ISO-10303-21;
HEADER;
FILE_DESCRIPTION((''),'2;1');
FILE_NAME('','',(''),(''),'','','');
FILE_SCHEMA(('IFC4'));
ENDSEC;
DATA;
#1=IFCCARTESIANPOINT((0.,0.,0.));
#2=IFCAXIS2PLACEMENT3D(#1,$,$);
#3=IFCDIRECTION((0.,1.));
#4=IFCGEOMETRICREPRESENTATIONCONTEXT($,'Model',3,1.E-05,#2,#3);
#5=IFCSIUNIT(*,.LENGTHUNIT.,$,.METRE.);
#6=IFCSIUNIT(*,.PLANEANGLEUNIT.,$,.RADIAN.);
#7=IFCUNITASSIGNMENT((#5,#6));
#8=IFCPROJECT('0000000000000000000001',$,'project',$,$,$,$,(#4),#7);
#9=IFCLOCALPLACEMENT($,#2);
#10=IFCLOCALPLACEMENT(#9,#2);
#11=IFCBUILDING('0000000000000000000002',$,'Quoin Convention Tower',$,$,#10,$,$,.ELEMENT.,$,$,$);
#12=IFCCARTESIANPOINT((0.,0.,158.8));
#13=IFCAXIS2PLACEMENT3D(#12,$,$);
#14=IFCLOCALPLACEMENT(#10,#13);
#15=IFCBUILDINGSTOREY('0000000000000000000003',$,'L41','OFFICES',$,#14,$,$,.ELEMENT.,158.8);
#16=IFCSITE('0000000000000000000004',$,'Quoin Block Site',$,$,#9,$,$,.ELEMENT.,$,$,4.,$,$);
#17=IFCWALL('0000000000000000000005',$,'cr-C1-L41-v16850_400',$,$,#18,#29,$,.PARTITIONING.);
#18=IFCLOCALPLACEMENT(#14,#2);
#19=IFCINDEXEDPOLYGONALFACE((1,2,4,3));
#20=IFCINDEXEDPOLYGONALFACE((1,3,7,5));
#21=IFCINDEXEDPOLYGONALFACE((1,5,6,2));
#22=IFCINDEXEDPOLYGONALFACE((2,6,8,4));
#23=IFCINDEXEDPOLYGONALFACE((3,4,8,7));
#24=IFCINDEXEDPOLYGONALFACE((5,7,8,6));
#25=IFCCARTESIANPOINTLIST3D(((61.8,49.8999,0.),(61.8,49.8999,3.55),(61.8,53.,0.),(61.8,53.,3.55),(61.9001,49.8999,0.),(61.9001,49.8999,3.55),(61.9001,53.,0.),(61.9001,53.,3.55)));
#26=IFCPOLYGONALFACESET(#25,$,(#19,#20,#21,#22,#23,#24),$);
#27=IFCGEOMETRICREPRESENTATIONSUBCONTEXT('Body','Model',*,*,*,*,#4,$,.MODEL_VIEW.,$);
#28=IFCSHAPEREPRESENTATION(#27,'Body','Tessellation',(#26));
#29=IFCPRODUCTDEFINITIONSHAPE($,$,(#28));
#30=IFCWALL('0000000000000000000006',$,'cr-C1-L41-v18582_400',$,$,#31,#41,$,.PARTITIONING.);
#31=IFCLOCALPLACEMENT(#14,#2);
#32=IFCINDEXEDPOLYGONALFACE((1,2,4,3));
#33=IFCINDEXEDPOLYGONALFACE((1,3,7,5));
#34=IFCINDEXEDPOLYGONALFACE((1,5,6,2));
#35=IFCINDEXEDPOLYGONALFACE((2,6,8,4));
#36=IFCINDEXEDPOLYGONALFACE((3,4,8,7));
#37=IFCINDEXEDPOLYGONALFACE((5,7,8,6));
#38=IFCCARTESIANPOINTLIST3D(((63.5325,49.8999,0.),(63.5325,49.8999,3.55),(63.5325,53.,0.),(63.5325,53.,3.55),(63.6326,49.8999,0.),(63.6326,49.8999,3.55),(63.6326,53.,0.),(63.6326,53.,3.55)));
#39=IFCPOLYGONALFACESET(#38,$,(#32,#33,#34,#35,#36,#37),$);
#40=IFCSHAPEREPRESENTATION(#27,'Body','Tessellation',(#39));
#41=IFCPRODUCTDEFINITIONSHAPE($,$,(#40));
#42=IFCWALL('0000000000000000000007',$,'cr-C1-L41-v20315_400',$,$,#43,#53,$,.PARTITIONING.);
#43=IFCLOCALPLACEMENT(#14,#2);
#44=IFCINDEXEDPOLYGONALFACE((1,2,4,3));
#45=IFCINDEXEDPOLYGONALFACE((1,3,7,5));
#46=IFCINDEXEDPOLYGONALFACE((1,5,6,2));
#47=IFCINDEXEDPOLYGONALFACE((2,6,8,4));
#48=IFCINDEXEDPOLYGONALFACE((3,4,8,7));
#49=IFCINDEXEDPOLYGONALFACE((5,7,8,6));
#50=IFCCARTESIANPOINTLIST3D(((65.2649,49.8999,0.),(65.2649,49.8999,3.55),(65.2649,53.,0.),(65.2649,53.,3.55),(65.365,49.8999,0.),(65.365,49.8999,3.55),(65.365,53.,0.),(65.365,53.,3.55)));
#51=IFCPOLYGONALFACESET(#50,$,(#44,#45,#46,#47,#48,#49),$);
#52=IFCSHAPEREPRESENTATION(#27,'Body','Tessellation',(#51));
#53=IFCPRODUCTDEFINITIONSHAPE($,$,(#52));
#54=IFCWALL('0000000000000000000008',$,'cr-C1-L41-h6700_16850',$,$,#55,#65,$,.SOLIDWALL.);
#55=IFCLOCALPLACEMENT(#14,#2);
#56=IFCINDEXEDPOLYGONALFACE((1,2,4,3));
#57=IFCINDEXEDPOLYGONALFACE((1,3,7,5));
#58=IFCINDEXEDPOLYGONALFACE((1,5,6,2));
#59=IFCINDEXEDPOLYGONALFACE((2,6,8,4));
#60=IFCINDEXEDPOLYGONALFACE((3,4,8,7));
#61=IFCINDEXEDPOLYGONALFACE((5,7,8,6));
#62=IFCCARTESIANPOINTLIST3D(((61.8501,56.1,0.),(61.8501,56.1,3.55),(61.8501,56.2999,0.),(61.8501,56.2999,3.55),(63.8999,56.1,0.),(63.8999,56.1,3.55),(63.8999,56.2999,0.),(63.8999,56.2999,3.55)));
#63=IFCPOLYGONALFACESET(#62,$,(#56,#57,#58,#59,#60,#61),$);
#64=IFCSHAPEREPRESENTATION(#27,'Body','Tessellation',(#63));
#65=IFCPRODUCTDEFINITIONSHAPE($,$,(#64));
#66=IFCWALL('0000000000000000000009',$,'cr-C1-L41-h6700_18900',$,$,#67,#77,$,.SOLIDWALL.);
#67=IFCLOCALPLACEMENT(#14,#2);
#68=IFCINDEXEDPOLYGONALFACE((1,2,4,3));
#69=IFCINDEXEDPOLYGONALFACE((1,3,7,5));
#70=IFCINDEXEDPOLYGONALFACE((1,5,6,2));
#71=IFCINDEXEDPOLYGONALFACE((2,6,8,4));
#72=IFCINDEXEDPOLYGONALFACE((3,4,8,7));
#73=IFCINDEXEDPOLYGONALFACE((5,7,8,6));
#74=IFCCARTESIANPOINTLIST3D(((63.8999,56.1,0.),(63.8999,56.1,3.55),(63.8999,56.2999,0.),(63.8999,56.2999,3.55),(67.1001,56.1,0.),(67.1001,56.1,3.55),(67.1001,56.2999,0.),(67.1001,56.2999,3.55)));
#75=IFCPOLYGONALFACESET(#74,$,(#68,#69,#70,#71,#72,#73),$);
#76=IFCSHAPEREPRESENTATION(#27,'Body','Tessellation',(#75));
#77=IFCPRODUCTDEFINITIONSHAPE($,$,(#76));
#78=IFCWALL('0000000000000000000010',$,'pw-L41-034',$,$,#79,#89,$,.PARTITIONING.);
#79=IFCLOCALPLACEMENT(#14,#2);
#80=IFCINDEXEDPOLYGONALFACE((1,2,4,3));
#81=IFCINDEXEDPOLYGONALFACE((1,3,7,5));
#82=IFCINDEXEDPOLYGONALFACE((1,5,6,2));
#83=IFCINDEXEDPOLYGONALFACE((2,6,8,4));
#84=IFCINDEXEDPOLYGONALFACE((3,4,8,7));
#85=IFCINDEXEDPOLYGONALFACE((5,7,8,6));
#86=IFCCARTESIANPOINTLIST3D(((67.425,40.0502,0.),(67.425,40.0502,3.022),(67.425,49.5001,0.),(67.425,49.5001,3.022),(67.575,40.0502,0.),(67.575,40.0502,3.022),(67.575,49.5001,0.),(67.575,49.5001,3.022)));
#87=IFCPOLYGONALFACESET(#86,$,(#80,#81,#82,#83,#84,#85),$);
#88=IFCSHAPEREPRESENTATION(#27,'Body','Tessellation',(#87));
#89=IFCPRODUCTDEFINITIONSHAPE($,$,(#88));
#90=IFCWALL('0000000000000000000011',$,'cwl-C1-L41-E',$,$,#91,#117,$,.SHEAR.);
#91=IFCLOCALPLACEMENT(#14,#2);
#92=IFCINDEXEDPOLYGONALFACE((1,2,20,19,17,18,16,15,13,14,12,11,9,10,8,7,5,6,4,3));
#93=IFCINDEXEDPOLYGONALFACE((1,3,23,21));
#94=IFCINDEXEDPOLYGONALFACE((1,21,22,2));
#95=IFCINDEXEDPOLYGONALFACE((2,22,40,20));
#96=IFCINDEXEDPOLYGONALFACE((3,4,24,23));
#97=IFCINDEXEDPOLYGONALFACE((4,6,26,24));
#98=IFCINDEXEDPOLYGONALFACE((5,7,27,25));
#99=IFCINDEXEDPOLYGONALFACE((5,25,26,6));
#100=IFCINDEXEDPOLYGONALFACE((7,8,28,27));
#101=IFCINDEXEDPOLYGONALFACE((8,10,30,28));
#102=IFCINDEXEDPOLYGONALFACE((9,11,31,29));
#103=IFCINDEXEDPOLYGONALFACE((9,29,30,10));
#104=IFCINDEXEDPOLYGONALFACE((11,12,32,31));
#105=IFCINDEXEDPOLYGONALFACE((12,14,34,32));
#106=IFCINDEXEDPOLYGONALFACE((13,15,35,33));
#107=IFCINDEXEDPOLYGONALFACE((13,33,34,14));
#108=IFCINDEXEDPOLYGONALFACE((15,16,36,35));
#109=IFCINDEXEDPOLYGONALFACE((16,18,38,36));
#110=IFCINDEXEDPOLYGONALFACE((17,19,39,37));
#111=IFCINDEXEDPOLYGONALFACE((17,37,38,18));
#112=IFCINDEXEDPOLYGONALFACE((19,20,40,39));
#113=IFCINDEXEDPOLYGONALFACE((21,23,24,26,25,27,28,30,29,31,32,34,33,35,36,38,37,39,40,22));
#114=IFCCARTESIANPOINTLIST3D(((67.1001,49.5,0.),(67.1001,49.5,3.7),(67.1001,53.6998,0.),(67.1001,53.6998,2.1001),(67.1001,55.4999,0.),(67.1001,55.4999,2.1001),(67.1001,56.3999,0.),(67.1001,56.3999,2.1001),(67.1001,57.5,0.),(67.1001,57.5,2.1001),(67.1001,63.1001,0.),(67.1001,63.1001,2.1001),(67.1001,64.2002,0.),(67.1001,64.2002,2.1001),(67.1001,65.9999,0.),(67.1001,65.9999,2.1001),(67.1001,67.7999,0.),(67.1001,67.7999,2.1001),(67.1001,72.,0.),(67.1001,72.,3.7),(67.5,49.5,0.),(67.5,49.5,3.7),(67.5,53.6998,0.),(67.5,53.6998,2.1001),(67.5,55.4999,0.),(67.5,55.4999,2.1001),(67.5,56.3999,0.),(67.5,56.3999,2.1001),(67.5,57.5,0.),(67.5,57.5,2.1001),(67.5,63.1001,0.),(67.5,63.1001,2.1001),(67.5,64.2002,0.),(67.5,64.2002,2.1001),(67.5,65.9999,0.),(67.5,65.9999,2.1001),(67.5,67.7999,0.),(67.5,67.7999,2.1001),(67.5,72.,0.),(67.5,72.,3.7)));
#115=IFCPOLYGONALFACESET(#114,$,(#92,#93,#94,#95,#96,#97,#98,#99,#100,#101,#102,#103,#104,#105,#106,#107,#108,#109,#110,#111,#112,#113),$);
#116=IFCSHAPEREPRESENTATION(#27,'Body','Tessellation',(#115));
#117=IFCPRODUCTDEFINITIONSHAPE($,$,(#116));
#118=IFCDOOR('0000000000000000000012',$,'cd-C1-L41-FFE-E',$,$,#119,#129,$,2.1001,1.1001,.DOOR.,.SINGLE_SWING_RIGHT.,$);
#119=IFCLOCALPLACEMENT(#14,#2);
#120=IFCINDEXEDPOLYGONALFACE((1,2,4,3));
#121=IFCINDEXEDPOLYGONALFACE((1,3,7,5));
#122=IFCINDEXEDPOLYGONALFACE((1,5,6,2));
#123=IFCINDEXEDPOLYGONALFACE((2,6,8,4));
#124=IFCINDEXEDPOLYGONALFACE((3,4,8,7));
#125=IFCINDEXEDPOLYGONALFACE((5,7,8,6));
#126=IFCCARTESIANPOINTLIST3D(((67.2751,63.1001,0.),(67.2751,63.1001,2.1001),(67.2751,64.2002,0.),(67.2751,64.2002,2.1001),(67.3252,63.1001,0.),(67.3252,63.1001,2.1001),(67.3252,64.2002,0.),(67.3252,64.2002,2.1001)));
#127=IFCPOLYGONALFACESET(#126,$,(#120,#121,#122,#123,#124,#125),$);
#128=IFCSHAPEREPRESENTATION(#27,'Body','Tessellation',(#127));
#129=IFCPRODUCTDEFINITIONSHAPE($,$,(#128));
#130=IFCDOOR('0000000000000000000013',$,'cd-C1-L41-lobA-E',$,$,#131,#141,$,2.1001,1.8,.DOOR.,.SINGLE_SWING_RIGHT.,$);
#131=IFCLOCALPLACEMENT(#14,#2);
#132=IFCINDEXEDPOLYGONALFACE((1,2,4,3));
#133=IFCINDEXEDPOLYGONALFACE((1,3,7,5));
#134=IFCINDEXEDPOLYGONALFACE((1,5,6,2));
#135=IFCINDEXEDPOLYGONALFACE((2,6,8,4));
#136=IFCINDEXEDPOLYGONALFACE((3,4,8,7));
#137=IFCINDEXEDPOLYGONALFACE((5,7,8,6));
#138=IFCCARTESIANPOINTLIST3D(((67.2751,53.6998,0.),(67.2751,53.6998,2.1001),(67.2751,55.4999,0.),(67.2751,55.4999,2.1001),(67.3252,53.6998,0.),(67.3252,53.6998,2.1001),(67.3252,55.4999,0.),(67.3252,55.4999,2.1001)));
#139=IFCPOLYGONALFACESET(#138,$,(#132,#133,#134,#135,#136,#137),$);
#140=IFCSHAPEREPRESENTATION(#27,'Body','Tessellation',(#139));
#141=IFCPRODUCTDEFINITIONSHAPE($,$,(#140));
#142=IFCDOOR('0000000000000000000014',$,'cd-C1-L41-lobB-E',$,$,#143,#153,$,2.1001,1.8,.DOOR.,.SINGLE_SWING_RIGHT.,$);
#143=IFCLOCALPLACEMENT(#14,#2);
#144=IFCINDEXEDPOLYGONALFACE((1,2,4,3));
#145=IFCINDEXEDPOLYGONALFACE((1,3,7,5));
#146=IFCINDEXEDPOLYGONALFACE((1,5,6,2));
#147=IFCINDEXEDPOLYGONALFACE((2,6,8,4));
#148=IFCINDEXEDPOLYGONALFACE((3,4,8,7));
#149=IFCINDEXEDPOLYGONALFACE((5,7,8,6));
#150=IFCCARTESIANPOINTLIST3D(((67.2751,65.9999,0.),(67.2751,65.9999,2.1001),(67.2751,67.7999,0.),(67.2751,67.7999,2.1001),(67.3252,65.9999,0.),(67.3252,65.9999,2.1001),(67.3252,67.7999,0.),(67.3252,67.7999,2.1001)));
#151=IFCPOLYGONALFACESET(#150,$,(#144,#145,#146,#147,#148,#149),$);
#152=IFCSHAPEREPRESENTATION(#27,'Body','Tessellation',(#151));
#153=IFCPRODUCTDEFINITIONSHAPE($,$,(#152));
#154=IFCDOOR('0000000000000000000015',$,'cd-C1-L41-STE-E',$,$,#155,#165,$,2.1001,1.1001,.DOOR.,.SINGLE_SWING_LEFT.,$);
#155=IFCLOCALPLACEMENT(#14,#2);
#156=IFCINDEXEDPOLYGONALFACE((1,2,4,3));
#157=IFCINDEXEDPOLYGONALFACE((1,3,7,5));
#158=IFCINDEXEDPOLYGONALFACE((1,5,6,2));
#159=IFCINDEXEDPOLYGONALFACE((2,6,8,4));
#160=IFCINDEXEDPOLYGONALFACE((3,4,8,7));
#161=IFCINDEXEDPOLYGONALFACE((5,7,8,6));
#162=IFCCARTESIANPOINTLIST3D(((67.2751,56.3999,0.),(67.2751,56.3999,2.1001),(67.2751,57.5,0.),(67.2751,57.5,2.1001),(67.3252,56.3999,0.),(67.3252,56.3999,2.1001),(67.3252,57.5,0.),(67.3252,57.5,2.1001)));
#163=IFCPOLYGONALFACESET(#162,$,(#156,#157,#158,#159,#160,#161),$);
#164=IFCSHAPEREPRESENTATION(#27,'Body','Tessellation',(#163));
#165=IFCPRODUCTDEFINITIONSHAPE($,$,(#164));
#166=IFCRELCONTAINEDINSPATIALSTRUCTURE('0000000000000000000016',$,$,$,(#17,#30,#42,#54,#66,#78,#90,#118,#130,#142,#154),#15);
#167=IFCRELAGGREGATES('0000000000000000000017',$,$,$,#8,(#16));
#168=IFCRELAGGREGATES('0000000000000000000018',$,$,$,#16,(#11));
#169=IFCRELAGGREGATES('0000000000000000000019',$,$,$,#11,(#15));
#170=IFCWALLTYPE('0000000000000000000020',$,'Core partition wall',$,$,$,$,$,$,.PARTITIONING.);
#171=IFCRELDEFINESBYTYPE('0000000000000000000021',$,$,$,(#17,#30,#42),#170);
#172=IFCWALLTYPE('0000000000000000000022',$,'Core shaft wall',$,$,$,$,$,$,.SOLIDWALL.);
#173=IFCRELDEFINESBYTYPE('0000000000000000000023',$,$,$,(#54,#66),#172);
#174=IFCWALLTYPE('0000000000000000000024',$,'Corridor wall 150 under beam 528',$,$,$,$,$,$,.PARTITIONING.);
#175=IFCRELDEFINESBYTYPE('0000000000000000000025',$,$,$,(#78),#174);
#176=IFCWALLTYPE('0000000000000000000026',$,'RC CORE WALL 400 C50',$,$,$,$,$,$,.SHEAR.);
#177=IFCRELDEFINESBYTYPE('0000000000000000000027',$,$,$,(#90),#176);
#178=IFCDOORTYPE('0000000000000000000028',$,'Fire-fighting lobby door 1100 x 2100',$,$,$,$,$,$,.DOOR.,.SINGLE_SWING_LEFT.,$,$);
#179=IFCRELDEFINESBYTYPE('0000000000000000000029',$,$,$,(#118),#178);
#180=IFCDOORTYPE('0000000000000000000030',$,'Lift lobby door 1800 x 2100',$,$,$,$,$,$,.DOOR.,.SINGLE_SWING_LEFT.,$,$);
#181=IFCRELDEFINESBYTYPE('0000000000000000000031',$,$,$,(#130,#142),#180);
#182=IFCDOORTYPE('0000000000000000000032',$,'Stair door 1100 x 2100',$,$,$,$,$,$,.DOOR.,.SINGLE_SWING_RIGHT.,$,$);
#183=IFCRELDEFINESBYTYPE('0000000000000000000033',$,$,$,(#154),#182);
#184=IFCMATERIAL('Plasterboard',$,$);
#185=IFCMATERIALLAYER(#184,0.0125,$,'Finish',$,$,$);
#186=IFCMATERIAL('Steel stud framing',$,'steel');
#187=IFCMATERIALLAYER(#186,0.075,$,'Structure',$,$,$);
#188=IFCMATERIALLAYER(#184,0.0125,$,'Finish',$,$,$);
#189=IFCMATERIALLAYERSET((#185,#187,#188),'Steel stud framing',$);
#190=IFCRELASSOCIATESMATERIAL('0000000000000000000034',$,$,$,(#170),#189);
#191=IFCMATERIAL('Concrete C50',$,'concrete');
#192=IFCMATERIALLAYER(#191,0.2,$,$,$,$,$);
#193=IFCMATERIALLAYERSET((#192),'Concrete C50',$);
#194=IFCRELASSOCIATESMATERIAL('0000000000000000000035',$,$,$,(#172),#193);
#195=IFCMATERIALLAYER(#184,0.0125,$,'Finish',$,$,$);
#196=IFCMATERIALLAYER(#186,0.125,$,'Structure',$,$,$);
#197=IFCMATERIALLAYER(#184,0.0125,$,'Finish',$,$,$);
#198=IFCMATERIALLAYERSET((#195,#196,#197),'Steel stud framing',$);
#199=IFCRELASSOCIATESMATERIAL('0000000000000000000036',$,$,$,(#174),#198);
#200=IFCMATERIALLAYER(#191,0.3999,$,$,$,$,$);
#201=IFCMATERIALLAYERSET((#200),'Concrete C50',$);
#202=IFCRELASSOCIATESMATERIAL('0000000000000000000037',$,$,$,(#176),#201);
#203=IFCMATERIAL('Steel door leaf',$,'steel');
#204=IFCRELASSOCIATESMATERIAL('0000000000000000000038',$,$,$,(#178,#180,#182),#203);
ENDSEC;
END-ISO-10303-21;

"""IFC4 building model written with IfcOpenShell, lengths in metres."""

from ifc_helpers import new_model, si_unit, direction, frame, frame_2d, origin, place, context, subcontext, project, spatial, rectangle, extrude, material, layer, layer_set, type_object, element, fill, save


model = new_model("IFC4")

# Units and contexts
model_context = context("Model", 3, precision=1e-05, world=origin(), true_north=direction((0.0, 1.0)))
body_context = subcontext(model_context, "Body", "Model", "MODEL_VIEW")
ifc_project = project(units=[si_unit("LENGTHUNIT", "METRE"), si_unit("PLANEANGLEUNIT", "RADIAN")], contexts=[model_context])

# Site, building, storey
site_placement = place(None, origin())
site = spatial("IfcSite", under=ifc_project, at=site_placement, Name="Quoin Block Site", CompositionType="ELEMENT", RefElevation=4.0)
building_placement = place(site_placement, origin())
building = spatial("IfcBuilding", under=site, at=building_placement, Name="Quoin Convention Tower", CompositionType="ELEMENT")
storey_placement = place(building_placement, frame((0.0, 0.0, 158.8)))
storey = spatial("IfcBuildingStorey", under=building, at=storey_placement, Name="L41", Description="OFFICES", CompositionType="ELEMENT", Elevation=158.8)

# Shared definitions
ifc_material_1 = material(Name="Concrete C50", Category="concrete")

# Walls
ifc_material_2 = material(Name="Plasterboard")
ifc_layer_1 = layer(ifc_material_2, 0.0125, Name="Finish")
ifc_material_3 = material(Name="Steel stud framing", Category="steel")
ifc_layer_2 = layer(ifc_material_3, 0.075, Name="Structure")
ifc_layer_3 = layer(ifc_material_2, 0.0125, Name="Finish")
ifc_layer_set_1 = layer_set([ifc_layer_1, ifc_layer_2, ifc_layer_3], Name="Steel stud framing")
wall_type_1 = type_object("IfcWallType", Name="Core partition wall", PredefinedType="PARTITIONING", material=ifc_layer_set_1)
for number, where, z_axis, x_axis, name in (
    (1, (61.8501, 49.8999, 0.0), (0.0, 0.0, 1.0), (0.0, 1.0, 0.0), "cr-C1-L41-v16850_400"),
    (2, (63.5825, 49.8999, 0.0), (0.0, 0.0, 1.0), (0.0, 1.0, 0.0), "cr-C1-L41-v18582_400"),
    (3, (65.3149, 49.8999, 0.0), (0.0, 0.0, 1.0), (0.0, 1.0, 0.0), "cr-C1-L41-v20315_400"),
):
    element("IfcWall", number, at=place(storey_placement, frame(where, z_axis=z_axis, x_axis=x_axis)), inside=storey, type_object=wall_type_1, Name=name, PredefinedType="PARTITIONING", context=body_context, shape_type="SweptSolid", body=[
        extrude(rectangle(XDim=3.1001, YDim=0.1001, at=frame_2d((1.55, 0.0))), origin(), (0.0, 0.0, 1.0), 3.55),
    ])
ifc_layer_4 = layer(ifc_material_1, 0.2)
ifc_layer_set_2 = layer_set([ifc_layer_4], Name="Concrete C50")
wall_type_2 = type_object("IfcWallType", Name="Core shaft wall", PredefinedType="SOLIDWALL", material=ifc_layer_set_2)
wall_1_placement = place(storey_placement, frame((61.8501, 56.2, 0.0), z_axis=(0.0, 0.0, 1.0), x_axis=(1.0, 0.0, 0.0)))
element("IfcWall", 4, at=wall_1_placement, inside=storey, type_object=wall_type_2, Name="cr-C1-L41-h6700_16850", PredefinedType="SOLIDWALL", context=body_context, shape_type="SweptSolid", body=[
    extrude(rectangle(XDim=2.0498, YDim=0.2, at=frame_2d((1.0249, 0.0))), origin(), (0.0, 0.0, 1.0), 3.55),
])
wall_2_placement = place(storey_placement, frame((63.8999, 56.2, 0.0), z_axis=(0.0, 0.0, 1.0), x_axis=(1.0, 0.0, 0.0)))
element("IfcWall", 5, at=wall_2_placement, inside=storey, type_object=wall_type_2, Name="cr-C1-L41-h6700_18900", PredefinedType="SOLIDWALL", context=body_context, shape_type="SweptSolid", body=[
    extrude(rectangle(XDim=3.2002, YDim=0.2, at=frame_2d((1.6001, 0.0))), origin(), (0.0, 0.0, 1.0), 3.55),
])
ifc_layer_5 = layer(ifc_material_2, 0.0125, Name="Finish")
ifc_layer_6 = layer(ifc_material_3, 0.125, Name="Structure")
ifc_layer_7 = layer(ifc_material_2, 0.0125, Name="Finish")
ifc_layer_set_3 = layer_set([ifc_layer_5, ifc_layer_6, ifc_layer_7], Name="Steel stud framing")
wall_type_3 = type_object("IfcWallType", Name="Corridor wall 150 under beam 528", PredefinedType="PARTITIONING", material=ifc_layer_set_3)
wall_3_placement = place(storey_placement, frame((67.5, 40.05, 0.0), z_axis=(0.0, 0.0, 1.0), x_axis=(0.0, 1.0, 0.0)))
element("IfcWall", 6, at=wall_3_placement, inside=storey, type_object=wall_type_3, Name="pw-L41-034", PredefinedType="PARTITIONING", context=body_context, shape_type="SweptSolid", body=[
    extrude(rectangle(XDim=9.45, YDim=0.1499, at=frame_2d((4.7251, 0.0))), origin(), (0.0, 0.0, 1.0), 3.022),
])

# Wall, openings, doors
ifc_layer_8 = layer(ifc_material_1, 0.3999)
ifc_layer_set_4 = layer_set([ifc_layer_8], Name="Concrete C50")
wall_type_4 = type_object("IfcWallType", Name="RC CORE WALL 400 C50", PredefinedType="SHEAR", material=ifc_layer_set_4)
wall_4_placement = place(storey_placement, frame((67.3, 49.5, 0.0), z_axis=(0.0, 0.0, 1.0), x_axis=(0.0, 1.0, 0.0)))
wall_4 = element("IfcWall", 7, at=wall_4_placement, inside=storey, type_object=wall_type_4, Name="cwl-C1-L41-E", PredefinedType="SHEAR", context=body_context, shape_type="SweptSolid", body=[
    extrude(rectangle(XDim=22.5, YDim=0.3999, at=frame_2d((11.25, 0.0))), origin(), (0.0, 0.0, 1.0), 3.7),
])
opening_1_placement = place(wall_4_placement, frame((4.2, 0.0, 0.0)))
opening_1 = element("IfcOpeningElement", 8, at=opening_1_placement, cuts=wall_4, PredefinedType="OPENING", context=body_context, shape_type="SweptSolid", body=[
    extrude(rectangle(XDim=1.8, YDim=2.1001, at=frame_2d((0.8999, 1.05))), frame((0.0, 0.21, 0.0), z_axis=(0.0, -1.0, 0.0), x_axis=(1.0, 0.0, 0.0)), (0.0, 0.0, 1.0), 0.4199),
])
opening_2_placement = place(wall_4_placement, frame((6.8999, 0.0, 0.0)))
opening_2 = element("IfcOpeningElement", 9, at=opening_2_placement, cuts=wall_4, PredefinedType="OPENING", context=body_context, shape_type="SweptSolid", body=[
    extrude(rectangle(XDim=1.1001, YDim=2.1001, at=frame_2d((0.55, 1.05))), frame((0.0, 0.21, 0.0), z_axis=(0.0, -1.0, 0.0), x_axis=(1.0, 0.0, 0.0)), (0.0, 0.0, 1.0), 0.4199),
])
opening_3_placement = place(wall_4_placement, frame((13.6001, 0.0, 0.0)))
opening_3 = element("IfcOpeningElement", 10, at=opening_3_placement, cuts=wall_4, PredefinedType="OPENING", context=body_context, shape_type="SweptSolid", body=[
    extrude(rectangle(XDim=1.1001, YDim=2.1001, at=frame_2d((0.55, 1.05))), frame((0.0, 0.21, 0.0), z_axis=(0.0, -1.0, 0.0), x_axis=(1.0, 0.0, 0.0)), (0.0, 0.0, 1.0), 0.4199),
])
opening_4_placement = place(wall_4_placement, frame((16.5, 0.0, 0.0)))
opening_4 = element("IfcOpeningElement", 11, at=opening_4_placement, cuts=wall_4, PredefinedType="OPENING", context=body_context, shape_type="SweptSolid", body=[
    extrude(rectangle(XDim=1.8, YDim=2.1001, at=frame_2d((0.8999, 1.05))), frame((0.0, 0.21, 0.0), z_axis=(0.0, -1.0, 0.0), x_axis=(1.0, 0.0, 0.0)), (0.0, 0.0, 1.0), 0.4199),
])
ifc_material_4 = material(Name="Steel door leaf", Category="steel")
door_type_1 = type_object("IfcDoorType", Name="Fire-fighting lobby door 1100 x 2100", OperationType="SINGLE_SWING_LEFT", PredefinedType="DOOR", material=ifc_material_4)
door_1_placement = place(opening_3_placement, origin())
door_1 = element("IfcDoor", 12, at=door_1_placement, inside=storey, type_object=door_type_1, Name="cd-C1-L41-FFE-E", OperationType="SINGLE_SWING_RIGHT", OverallHeight=2.1001, OverallWidth=1.1001, PredefinedType="DOOR", context=body_context, shape_type="SweptSolid", body=[
    extrude(rectangle(XDim=1.1001, YDim=2.1001, at=frame_2d((0.55, 1.05))), frame((0.0, 0.0249, 0.0), z_axis=(0.0, -1.0, 0.0), x_axis=(1.0, 0.0, 0.0)), (0.0, 0.0, 1.0), 0.05),
])
fill(opening_3, door_1)
door_type_2 = type_object("IfcDoorType", Name="Lift lobby door 1800 x 2100", OperationType="SINGLE_SWING_LEFT", PredefinedType="DOOR", material=ifc_material_4)
door_2_placement = place(opening_1_placement, origin())
door_2 = element("IfcDoor", 13, at=door_2_placement, inside=storey, type_object=door_type_2, Name="cd-C1-L41-lobA-E", OperationType="SINGLE_SWING_RIGHT", OverallHeight=2.1001, OverallWidth=1.8, PredefinedType="DOOR", context=body_context, shape_type="SweptSolid", body=[
    extrude(rectangle(XDim=1.8, YDim=2.1001, at=frame_2d((0.8999, 1.05))), frame((0.0, 0.0249, 0.0), z_axis=(0.0, -1.0, 0.0), x_axis=(1.0, 0.0, 0.0)), (0.0, 0.0, 1.0), 0.05),
])
fill(opening_1, door_2)
door_3_placement = place(opening_4_placement, origin())
door_3 = element("IfcDoor", 14, at=door_3_placement, inside=storey, type_object=door_type_2, Name="cd-C1-L41-lobB-E", OperationType="SINGLE_SWING_RIGHT", OverallHeight=2.1001, OverallWidth=1.8, PredefinedType="DOOR", context=body_context, shape_type="SweptSolid", body=[
    extrude(rectangle(XDim=1.8, YDim=2.1001, at=frame_2d((0.8999, 1.05))), frame((0.0, 0.0249, 0.0), z_axis=(0.0, -1.0, 0.0), x_axis=(1.0, 0.0, 0.0)), (0.0, 0.0, 1.0), 0.05),
])
fill(opening_4, door_3)
door_type_3 = type_object("IfcDoorType", Name="Stair door 1100 x 2100", OperationType="SINGLE_SWING_RIGHT", PredefinedType="DOOR", material=ifc_material_4)
door_4_placement = place(opening_2_placement, origin())
door_4 = element("IfcDoor", 15, at=door_4_placement, inside=storey, type_object=door_type_3, Name="cd-C1-L41-STE-E", OperationType="SINGLE_SWING_LEFT", OverallHeight=2.1001, OverallWidth=1.1001, PredefinedType="DOOR", context=body_context, shape_type="SweptSolid", body=[
    extrude(rectangle(XDim=1.1001, YDim=2.1001, at=frame_2d((0.55, 1.05))), frame((0.0, 0.0249, 0.0), z_axis=(0.0, -1.0, 0.0), x_axis=(1.0, 0.0, 0.0)), (0.0, 0.0, 1.0), 0.05),
])
fill(opening_2, door_4)

save(model, "model.ifc")
